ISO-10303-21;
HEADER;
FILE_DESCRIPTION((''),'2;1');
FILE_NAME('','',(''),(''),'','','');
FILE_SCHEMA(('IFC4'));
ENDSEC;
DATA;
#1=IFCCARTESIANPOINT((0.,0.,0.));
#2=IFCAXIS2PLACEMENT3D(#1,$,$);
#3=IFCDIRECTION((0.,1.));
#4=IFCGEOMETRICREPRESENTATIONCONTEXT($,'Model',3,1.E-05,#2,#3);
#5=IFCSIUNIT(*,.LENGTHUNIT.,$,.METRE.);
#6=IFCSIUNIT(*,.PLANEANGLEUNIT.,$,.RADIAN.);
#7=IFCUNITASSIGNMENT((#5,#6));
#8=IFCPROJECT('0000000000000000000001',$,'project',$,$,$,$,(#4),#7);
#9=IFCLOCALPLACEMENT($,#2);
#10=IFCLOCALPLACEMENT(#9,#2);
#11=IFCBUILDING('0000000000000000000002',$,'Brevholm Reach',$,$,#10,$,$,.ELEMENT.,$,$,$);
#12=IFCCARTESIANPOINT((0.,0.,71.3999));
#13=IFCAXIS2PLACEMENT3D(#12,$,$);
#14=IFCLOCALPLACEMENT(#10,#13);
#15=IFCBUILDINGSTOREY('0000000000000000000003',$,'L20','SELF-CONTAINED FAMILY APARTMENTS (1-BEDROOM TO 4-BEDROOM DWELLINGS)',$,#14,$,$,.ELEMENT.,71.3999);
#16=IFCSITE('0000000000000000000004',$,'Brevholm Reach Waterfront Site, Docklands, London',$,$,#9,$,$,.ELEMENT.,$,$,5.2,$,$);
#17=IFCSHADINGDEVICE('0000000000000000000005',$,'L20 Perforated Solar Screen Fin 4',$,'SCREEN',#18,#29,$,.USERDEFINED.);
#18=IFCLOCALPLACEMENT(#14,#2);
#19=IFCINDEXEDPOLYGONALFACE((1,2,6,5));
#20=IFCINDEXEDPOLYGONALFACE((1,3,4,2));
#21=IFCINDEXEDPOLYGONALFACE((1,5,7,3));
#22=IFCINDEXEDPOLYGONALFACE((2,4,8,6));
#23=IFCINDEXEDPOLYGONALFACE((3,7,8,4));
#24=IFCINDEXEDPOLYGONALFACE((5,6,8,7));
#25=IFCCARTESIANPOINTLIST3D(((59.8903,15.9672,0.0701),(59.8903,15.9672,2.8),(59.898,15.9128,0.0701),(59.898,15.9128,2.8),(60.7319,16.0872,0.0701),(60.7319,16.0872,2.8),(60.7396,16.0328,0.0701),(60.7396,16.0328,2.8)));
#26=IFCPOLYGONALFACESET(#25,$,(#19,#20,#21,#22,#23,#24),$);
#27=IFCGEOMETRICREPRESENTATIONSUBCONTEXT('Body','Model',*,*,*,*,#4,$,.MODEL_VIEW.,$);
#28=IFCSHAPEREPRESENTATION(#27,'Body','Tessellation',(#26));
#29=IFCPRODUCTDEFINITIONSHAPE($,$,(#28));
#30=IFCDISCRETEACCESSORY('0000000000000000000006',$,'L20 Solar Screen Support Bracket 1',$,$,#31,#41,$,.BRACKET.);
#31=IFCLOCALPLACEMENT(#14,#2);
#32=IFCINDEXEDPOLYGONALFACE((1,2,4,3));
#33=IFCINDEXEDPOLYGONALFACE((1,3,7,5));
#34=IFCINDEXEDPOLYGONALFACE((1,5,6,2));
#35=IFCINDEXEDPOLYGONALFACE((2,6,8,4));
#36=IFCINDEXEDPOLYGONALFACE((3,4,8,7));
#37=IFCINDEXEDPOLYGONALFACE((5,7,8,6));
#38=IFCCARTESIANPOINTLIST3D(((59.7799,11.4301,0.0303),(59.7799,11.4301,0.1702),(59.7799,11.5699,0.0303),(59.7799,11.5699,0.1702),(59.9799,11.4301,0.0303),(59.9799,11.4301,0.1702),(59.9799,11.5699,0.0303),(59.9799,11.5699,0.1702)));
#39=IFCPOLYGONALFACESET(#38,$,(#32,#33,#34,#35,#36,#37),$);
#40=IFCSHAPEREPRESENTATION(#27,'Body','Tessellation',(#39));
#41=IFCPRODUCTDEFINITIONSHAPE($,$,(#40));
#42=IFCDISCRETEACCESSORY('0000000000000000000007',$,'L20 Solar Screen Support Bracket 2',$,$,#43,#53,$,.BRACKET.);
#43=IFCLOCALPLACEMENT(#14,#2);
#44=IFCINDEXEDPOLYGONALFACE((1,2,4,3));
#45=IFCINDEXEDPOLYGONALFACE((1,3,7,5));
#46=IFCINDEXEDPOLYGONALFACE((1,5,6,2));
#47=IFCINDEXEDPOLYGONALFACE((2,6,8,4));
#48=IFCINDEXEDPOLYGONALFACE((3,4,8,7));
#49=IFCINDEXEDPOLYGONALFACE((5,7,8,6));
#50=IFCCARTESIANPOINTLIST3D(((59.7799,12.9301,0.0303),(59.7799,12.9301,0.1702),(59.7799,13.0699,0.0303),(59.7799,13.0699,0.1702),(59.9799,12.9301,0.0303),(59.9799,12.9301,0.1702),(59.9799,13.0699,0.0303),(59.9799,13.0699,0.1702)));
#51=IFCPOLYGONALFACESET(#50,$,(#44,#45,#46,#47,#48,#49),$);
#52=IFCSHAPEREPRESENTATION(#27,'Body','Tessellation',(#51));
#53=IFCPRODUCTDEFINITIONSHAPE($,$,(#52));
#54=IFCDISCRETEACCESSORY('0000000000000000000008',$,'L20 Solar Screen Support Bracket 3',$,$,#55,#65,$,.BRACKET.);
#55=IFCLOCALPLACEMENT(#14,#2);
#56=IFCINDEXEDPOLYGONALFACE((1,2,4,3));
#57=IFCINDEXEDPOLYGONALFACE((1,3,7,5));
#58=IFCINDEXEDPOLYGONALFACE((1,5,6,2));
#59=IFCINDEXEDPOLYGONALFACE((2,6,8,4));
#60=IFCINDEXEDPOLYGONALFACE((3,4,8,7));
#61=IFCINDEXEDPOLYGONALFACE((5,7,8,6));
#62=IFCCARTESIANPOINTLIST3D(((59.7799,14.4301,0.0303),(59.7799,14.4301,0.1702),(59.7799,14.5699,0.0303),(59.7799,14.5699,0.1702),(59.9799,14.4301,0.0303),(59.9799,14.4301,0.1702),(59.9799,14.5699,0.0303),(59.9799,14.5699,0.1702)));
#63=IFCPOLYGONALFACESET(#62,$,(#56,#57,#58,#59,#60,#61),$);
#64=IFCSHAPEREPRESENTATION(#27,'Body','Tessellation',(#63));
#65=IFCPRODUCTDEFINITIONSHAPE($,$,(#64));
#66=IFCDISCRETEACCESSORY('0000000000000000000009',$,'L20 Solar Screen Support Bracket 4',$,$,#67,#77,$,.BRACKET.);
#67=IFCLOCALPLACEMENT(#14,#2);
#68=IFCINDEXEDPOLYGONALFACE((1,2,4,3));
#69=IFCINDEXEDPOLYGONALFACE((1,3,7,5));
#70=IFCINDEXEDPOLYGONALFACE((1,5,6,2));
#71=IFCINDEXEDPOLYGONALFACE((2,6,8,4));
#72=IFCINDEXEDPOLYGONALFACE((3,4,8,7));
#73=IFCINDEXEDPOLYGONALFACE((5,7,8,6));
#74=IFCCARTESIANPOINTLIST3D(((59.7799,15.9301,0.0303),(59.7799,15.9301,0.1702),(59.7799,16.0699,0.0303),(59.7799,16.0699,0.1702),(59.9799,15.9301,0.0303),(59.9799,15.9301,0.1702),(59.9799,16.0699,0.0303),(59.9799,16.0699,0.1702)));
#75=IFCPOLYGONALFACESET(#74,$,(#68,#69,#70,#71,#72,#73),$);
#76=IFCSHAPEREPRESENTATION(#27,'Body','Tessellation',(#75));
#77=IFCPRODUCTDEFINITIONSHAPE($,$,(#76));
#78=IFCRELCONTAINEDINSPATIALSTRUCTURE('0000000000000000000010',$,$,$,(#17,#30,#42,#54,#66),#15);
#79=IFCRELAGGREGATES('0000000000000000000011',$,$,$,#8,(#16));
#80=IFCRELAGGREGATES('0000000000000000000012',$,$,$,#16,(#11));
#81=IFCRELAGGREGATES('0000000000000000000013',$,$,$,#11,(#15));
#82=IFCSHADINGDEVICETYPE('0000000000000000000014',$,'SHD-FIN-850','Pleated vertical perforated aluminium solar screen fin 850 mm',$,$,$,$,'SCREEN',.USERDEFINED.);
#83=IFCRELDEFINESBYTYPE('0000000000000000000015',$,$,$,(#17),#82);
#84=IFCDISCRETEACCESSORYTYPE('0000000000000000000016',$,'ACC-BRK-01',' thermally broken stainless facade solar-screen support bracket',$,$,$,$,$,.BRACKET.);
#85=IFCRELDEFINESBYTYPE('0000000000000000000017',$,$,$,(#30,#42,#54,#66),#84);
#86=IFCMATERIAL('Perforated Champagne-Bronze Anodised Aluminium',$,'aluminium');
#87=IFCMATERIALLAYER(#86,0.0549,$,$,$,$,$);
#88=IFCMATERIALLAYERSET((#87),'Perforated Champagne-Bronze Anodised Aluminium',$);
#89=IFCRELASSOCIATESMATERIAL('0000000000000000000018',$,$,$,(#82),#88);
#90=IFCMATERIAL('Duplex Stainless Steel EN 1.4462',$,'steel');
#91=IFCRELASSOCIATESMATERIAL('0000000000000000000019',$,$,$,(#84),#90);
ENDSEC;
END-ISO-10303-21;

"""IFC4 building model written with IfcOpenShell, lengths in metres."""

from ifc_helpers import new_model, si_unit, direction, frame, origin, origin_2d, place, context, subcontext, project, spatial, rectangle, extrude, material, layer, layer_set, type_object, element, save


model = new_model("IFC4")

# Units and contexts
model_context = context("Model", 3, precision=1e-05, world=origin(), true_north=direction((0.0, 1.0)))
body_context = subcontext(model_context, "Body", "Model", "MODEL_VIEW")
ifc_project = project(units=[si_unit("LENGTHUNIT", "METRE"), si_unit("PLANEANGLEUNIT", "RADIAN")], contexts=[model_context])

# Site, building, storey
site_placement = place(None, origin())
site = spatial("IfcSite", under=ifc_project, at=site_placement, Name="Brevholm Reach Waterfront Site, Docklands, London", CompositionType="ELEMENT", RefElevation=5.2)
building_placement = place(site_placement, origin())
building = spatial("IfcBuilding", under=site, at=building_placement, Name="Brevholm Reach", CompositionType="ELEMENT")
storey_placement = place(building_placement, frame((0.0, 0.0, 71.3999)))
storey = spatial("IfcBuildingStorey", under=building, at=storey_placement, Name="L20", Description="SELF-CONTAINED FAMILY APARTMENTS (1-BEDROOM TO 4-BEDROOM DWELLINGS)", CompositionType="ELEMENT", Elevation=71.3999)

# Shading device
ifc_material_1 = material(Name="Perforated Champagne-Bronze Anodised Aluminium", Category="aluminium")
ifc_layer_1 = layer(ifc_material_1, 0.0549)
ifc_layer_set_1 = layer_set([ifc_layer_1], Name="Perforated Champagne-Bronze Anodised Aluminium")
shading_device_type = type_object("IfcShadingDeviceType", Name="SHD-FIN-850", Description="Pleated vertical perforated aluminium solar screen fin 850 mm", ElementType="SCREEN", PredefinedType="USERDEFINED", material=ifc_layer_set_1)
for number, where, z_axis, x_axis, name in (
    (1, (60.3149, 16.0, 0.0701), (0.0, 0.0, 1.0), (0.989994, 0.141109, 0.0), "L20 Perforated Solar Screen Fin 4"),
):
    element("IfcShadingDevice", number, at=place(storey_placement, frame(where, z_axis=z_axis, x_axis=x_axis)), inside=storey, type_object=shading_device_type, Name=name, ObjectType="SCREEN", PredefinedType="USERDEFINED", context=body_context, shape_type="SweptSolid", body=[
        extrude(rectangle(XDim=0.8501, YDim=0.0549, at=origin_2d()), origin(), (0.0, 0.0, 1.0), 2.73),
    ])

# Discrete accessories
ifc_material_2 = material(Name="Duplex Stainless Steel EN 1.4462", Category="steel")
discrete_accessory_type = type_object("IfcDiscreteAccessoryType", Name="ACC-BRK-01", Description=" thermally broken stainless facade solar-screen support bracket", PredefinedType="BRACKET", material=ifc_material_2)
for number, where, z_axis, x_axis, name in (
    (2, (59.8799, 11.5, 0.0303), (0.0, 0.0, 1.0), (1.0, 0.0, 0.0), "L20 Solar Screen Support Bracket 1"),
    (3, (59.8799, 13.0, 0.0303), (0.0, 0.0, 1.0), (1.0, 0.0, 0.0), "L20 Solar Screen Support Bracket 2"),
    (4, (59.8799, 14.5, 0.0303), (0.0, 0.0, 1.0), (1.0, 0.0, 0.0), "L20 Solar Screen Support Bracket 3"),
    (5, (59.8799, 16.0, 0.0303), (0.0, 0.0, 1.0), (1.0, 0.0, 0.0), "L20 Solar Screen Support Bracket 4"),
):
    element("IfcDiscreteAccessory", number, at=place(storey_placement, frame(where, z_axis=z_axis, x_axis=x_axis)), inside=storey, type_object=discrete_accessory_type, Name=name, PredefinedType="BRACKET", context=body_context, shape_type="SweptSolid", body=[
        extrude(rectangle(XDim=0.2, YDim=0.1399, at=origin_2d()), origin(), (0.0, 0.0, 1.0), 0.1399),
    ])

save(model, "model.ifc")
